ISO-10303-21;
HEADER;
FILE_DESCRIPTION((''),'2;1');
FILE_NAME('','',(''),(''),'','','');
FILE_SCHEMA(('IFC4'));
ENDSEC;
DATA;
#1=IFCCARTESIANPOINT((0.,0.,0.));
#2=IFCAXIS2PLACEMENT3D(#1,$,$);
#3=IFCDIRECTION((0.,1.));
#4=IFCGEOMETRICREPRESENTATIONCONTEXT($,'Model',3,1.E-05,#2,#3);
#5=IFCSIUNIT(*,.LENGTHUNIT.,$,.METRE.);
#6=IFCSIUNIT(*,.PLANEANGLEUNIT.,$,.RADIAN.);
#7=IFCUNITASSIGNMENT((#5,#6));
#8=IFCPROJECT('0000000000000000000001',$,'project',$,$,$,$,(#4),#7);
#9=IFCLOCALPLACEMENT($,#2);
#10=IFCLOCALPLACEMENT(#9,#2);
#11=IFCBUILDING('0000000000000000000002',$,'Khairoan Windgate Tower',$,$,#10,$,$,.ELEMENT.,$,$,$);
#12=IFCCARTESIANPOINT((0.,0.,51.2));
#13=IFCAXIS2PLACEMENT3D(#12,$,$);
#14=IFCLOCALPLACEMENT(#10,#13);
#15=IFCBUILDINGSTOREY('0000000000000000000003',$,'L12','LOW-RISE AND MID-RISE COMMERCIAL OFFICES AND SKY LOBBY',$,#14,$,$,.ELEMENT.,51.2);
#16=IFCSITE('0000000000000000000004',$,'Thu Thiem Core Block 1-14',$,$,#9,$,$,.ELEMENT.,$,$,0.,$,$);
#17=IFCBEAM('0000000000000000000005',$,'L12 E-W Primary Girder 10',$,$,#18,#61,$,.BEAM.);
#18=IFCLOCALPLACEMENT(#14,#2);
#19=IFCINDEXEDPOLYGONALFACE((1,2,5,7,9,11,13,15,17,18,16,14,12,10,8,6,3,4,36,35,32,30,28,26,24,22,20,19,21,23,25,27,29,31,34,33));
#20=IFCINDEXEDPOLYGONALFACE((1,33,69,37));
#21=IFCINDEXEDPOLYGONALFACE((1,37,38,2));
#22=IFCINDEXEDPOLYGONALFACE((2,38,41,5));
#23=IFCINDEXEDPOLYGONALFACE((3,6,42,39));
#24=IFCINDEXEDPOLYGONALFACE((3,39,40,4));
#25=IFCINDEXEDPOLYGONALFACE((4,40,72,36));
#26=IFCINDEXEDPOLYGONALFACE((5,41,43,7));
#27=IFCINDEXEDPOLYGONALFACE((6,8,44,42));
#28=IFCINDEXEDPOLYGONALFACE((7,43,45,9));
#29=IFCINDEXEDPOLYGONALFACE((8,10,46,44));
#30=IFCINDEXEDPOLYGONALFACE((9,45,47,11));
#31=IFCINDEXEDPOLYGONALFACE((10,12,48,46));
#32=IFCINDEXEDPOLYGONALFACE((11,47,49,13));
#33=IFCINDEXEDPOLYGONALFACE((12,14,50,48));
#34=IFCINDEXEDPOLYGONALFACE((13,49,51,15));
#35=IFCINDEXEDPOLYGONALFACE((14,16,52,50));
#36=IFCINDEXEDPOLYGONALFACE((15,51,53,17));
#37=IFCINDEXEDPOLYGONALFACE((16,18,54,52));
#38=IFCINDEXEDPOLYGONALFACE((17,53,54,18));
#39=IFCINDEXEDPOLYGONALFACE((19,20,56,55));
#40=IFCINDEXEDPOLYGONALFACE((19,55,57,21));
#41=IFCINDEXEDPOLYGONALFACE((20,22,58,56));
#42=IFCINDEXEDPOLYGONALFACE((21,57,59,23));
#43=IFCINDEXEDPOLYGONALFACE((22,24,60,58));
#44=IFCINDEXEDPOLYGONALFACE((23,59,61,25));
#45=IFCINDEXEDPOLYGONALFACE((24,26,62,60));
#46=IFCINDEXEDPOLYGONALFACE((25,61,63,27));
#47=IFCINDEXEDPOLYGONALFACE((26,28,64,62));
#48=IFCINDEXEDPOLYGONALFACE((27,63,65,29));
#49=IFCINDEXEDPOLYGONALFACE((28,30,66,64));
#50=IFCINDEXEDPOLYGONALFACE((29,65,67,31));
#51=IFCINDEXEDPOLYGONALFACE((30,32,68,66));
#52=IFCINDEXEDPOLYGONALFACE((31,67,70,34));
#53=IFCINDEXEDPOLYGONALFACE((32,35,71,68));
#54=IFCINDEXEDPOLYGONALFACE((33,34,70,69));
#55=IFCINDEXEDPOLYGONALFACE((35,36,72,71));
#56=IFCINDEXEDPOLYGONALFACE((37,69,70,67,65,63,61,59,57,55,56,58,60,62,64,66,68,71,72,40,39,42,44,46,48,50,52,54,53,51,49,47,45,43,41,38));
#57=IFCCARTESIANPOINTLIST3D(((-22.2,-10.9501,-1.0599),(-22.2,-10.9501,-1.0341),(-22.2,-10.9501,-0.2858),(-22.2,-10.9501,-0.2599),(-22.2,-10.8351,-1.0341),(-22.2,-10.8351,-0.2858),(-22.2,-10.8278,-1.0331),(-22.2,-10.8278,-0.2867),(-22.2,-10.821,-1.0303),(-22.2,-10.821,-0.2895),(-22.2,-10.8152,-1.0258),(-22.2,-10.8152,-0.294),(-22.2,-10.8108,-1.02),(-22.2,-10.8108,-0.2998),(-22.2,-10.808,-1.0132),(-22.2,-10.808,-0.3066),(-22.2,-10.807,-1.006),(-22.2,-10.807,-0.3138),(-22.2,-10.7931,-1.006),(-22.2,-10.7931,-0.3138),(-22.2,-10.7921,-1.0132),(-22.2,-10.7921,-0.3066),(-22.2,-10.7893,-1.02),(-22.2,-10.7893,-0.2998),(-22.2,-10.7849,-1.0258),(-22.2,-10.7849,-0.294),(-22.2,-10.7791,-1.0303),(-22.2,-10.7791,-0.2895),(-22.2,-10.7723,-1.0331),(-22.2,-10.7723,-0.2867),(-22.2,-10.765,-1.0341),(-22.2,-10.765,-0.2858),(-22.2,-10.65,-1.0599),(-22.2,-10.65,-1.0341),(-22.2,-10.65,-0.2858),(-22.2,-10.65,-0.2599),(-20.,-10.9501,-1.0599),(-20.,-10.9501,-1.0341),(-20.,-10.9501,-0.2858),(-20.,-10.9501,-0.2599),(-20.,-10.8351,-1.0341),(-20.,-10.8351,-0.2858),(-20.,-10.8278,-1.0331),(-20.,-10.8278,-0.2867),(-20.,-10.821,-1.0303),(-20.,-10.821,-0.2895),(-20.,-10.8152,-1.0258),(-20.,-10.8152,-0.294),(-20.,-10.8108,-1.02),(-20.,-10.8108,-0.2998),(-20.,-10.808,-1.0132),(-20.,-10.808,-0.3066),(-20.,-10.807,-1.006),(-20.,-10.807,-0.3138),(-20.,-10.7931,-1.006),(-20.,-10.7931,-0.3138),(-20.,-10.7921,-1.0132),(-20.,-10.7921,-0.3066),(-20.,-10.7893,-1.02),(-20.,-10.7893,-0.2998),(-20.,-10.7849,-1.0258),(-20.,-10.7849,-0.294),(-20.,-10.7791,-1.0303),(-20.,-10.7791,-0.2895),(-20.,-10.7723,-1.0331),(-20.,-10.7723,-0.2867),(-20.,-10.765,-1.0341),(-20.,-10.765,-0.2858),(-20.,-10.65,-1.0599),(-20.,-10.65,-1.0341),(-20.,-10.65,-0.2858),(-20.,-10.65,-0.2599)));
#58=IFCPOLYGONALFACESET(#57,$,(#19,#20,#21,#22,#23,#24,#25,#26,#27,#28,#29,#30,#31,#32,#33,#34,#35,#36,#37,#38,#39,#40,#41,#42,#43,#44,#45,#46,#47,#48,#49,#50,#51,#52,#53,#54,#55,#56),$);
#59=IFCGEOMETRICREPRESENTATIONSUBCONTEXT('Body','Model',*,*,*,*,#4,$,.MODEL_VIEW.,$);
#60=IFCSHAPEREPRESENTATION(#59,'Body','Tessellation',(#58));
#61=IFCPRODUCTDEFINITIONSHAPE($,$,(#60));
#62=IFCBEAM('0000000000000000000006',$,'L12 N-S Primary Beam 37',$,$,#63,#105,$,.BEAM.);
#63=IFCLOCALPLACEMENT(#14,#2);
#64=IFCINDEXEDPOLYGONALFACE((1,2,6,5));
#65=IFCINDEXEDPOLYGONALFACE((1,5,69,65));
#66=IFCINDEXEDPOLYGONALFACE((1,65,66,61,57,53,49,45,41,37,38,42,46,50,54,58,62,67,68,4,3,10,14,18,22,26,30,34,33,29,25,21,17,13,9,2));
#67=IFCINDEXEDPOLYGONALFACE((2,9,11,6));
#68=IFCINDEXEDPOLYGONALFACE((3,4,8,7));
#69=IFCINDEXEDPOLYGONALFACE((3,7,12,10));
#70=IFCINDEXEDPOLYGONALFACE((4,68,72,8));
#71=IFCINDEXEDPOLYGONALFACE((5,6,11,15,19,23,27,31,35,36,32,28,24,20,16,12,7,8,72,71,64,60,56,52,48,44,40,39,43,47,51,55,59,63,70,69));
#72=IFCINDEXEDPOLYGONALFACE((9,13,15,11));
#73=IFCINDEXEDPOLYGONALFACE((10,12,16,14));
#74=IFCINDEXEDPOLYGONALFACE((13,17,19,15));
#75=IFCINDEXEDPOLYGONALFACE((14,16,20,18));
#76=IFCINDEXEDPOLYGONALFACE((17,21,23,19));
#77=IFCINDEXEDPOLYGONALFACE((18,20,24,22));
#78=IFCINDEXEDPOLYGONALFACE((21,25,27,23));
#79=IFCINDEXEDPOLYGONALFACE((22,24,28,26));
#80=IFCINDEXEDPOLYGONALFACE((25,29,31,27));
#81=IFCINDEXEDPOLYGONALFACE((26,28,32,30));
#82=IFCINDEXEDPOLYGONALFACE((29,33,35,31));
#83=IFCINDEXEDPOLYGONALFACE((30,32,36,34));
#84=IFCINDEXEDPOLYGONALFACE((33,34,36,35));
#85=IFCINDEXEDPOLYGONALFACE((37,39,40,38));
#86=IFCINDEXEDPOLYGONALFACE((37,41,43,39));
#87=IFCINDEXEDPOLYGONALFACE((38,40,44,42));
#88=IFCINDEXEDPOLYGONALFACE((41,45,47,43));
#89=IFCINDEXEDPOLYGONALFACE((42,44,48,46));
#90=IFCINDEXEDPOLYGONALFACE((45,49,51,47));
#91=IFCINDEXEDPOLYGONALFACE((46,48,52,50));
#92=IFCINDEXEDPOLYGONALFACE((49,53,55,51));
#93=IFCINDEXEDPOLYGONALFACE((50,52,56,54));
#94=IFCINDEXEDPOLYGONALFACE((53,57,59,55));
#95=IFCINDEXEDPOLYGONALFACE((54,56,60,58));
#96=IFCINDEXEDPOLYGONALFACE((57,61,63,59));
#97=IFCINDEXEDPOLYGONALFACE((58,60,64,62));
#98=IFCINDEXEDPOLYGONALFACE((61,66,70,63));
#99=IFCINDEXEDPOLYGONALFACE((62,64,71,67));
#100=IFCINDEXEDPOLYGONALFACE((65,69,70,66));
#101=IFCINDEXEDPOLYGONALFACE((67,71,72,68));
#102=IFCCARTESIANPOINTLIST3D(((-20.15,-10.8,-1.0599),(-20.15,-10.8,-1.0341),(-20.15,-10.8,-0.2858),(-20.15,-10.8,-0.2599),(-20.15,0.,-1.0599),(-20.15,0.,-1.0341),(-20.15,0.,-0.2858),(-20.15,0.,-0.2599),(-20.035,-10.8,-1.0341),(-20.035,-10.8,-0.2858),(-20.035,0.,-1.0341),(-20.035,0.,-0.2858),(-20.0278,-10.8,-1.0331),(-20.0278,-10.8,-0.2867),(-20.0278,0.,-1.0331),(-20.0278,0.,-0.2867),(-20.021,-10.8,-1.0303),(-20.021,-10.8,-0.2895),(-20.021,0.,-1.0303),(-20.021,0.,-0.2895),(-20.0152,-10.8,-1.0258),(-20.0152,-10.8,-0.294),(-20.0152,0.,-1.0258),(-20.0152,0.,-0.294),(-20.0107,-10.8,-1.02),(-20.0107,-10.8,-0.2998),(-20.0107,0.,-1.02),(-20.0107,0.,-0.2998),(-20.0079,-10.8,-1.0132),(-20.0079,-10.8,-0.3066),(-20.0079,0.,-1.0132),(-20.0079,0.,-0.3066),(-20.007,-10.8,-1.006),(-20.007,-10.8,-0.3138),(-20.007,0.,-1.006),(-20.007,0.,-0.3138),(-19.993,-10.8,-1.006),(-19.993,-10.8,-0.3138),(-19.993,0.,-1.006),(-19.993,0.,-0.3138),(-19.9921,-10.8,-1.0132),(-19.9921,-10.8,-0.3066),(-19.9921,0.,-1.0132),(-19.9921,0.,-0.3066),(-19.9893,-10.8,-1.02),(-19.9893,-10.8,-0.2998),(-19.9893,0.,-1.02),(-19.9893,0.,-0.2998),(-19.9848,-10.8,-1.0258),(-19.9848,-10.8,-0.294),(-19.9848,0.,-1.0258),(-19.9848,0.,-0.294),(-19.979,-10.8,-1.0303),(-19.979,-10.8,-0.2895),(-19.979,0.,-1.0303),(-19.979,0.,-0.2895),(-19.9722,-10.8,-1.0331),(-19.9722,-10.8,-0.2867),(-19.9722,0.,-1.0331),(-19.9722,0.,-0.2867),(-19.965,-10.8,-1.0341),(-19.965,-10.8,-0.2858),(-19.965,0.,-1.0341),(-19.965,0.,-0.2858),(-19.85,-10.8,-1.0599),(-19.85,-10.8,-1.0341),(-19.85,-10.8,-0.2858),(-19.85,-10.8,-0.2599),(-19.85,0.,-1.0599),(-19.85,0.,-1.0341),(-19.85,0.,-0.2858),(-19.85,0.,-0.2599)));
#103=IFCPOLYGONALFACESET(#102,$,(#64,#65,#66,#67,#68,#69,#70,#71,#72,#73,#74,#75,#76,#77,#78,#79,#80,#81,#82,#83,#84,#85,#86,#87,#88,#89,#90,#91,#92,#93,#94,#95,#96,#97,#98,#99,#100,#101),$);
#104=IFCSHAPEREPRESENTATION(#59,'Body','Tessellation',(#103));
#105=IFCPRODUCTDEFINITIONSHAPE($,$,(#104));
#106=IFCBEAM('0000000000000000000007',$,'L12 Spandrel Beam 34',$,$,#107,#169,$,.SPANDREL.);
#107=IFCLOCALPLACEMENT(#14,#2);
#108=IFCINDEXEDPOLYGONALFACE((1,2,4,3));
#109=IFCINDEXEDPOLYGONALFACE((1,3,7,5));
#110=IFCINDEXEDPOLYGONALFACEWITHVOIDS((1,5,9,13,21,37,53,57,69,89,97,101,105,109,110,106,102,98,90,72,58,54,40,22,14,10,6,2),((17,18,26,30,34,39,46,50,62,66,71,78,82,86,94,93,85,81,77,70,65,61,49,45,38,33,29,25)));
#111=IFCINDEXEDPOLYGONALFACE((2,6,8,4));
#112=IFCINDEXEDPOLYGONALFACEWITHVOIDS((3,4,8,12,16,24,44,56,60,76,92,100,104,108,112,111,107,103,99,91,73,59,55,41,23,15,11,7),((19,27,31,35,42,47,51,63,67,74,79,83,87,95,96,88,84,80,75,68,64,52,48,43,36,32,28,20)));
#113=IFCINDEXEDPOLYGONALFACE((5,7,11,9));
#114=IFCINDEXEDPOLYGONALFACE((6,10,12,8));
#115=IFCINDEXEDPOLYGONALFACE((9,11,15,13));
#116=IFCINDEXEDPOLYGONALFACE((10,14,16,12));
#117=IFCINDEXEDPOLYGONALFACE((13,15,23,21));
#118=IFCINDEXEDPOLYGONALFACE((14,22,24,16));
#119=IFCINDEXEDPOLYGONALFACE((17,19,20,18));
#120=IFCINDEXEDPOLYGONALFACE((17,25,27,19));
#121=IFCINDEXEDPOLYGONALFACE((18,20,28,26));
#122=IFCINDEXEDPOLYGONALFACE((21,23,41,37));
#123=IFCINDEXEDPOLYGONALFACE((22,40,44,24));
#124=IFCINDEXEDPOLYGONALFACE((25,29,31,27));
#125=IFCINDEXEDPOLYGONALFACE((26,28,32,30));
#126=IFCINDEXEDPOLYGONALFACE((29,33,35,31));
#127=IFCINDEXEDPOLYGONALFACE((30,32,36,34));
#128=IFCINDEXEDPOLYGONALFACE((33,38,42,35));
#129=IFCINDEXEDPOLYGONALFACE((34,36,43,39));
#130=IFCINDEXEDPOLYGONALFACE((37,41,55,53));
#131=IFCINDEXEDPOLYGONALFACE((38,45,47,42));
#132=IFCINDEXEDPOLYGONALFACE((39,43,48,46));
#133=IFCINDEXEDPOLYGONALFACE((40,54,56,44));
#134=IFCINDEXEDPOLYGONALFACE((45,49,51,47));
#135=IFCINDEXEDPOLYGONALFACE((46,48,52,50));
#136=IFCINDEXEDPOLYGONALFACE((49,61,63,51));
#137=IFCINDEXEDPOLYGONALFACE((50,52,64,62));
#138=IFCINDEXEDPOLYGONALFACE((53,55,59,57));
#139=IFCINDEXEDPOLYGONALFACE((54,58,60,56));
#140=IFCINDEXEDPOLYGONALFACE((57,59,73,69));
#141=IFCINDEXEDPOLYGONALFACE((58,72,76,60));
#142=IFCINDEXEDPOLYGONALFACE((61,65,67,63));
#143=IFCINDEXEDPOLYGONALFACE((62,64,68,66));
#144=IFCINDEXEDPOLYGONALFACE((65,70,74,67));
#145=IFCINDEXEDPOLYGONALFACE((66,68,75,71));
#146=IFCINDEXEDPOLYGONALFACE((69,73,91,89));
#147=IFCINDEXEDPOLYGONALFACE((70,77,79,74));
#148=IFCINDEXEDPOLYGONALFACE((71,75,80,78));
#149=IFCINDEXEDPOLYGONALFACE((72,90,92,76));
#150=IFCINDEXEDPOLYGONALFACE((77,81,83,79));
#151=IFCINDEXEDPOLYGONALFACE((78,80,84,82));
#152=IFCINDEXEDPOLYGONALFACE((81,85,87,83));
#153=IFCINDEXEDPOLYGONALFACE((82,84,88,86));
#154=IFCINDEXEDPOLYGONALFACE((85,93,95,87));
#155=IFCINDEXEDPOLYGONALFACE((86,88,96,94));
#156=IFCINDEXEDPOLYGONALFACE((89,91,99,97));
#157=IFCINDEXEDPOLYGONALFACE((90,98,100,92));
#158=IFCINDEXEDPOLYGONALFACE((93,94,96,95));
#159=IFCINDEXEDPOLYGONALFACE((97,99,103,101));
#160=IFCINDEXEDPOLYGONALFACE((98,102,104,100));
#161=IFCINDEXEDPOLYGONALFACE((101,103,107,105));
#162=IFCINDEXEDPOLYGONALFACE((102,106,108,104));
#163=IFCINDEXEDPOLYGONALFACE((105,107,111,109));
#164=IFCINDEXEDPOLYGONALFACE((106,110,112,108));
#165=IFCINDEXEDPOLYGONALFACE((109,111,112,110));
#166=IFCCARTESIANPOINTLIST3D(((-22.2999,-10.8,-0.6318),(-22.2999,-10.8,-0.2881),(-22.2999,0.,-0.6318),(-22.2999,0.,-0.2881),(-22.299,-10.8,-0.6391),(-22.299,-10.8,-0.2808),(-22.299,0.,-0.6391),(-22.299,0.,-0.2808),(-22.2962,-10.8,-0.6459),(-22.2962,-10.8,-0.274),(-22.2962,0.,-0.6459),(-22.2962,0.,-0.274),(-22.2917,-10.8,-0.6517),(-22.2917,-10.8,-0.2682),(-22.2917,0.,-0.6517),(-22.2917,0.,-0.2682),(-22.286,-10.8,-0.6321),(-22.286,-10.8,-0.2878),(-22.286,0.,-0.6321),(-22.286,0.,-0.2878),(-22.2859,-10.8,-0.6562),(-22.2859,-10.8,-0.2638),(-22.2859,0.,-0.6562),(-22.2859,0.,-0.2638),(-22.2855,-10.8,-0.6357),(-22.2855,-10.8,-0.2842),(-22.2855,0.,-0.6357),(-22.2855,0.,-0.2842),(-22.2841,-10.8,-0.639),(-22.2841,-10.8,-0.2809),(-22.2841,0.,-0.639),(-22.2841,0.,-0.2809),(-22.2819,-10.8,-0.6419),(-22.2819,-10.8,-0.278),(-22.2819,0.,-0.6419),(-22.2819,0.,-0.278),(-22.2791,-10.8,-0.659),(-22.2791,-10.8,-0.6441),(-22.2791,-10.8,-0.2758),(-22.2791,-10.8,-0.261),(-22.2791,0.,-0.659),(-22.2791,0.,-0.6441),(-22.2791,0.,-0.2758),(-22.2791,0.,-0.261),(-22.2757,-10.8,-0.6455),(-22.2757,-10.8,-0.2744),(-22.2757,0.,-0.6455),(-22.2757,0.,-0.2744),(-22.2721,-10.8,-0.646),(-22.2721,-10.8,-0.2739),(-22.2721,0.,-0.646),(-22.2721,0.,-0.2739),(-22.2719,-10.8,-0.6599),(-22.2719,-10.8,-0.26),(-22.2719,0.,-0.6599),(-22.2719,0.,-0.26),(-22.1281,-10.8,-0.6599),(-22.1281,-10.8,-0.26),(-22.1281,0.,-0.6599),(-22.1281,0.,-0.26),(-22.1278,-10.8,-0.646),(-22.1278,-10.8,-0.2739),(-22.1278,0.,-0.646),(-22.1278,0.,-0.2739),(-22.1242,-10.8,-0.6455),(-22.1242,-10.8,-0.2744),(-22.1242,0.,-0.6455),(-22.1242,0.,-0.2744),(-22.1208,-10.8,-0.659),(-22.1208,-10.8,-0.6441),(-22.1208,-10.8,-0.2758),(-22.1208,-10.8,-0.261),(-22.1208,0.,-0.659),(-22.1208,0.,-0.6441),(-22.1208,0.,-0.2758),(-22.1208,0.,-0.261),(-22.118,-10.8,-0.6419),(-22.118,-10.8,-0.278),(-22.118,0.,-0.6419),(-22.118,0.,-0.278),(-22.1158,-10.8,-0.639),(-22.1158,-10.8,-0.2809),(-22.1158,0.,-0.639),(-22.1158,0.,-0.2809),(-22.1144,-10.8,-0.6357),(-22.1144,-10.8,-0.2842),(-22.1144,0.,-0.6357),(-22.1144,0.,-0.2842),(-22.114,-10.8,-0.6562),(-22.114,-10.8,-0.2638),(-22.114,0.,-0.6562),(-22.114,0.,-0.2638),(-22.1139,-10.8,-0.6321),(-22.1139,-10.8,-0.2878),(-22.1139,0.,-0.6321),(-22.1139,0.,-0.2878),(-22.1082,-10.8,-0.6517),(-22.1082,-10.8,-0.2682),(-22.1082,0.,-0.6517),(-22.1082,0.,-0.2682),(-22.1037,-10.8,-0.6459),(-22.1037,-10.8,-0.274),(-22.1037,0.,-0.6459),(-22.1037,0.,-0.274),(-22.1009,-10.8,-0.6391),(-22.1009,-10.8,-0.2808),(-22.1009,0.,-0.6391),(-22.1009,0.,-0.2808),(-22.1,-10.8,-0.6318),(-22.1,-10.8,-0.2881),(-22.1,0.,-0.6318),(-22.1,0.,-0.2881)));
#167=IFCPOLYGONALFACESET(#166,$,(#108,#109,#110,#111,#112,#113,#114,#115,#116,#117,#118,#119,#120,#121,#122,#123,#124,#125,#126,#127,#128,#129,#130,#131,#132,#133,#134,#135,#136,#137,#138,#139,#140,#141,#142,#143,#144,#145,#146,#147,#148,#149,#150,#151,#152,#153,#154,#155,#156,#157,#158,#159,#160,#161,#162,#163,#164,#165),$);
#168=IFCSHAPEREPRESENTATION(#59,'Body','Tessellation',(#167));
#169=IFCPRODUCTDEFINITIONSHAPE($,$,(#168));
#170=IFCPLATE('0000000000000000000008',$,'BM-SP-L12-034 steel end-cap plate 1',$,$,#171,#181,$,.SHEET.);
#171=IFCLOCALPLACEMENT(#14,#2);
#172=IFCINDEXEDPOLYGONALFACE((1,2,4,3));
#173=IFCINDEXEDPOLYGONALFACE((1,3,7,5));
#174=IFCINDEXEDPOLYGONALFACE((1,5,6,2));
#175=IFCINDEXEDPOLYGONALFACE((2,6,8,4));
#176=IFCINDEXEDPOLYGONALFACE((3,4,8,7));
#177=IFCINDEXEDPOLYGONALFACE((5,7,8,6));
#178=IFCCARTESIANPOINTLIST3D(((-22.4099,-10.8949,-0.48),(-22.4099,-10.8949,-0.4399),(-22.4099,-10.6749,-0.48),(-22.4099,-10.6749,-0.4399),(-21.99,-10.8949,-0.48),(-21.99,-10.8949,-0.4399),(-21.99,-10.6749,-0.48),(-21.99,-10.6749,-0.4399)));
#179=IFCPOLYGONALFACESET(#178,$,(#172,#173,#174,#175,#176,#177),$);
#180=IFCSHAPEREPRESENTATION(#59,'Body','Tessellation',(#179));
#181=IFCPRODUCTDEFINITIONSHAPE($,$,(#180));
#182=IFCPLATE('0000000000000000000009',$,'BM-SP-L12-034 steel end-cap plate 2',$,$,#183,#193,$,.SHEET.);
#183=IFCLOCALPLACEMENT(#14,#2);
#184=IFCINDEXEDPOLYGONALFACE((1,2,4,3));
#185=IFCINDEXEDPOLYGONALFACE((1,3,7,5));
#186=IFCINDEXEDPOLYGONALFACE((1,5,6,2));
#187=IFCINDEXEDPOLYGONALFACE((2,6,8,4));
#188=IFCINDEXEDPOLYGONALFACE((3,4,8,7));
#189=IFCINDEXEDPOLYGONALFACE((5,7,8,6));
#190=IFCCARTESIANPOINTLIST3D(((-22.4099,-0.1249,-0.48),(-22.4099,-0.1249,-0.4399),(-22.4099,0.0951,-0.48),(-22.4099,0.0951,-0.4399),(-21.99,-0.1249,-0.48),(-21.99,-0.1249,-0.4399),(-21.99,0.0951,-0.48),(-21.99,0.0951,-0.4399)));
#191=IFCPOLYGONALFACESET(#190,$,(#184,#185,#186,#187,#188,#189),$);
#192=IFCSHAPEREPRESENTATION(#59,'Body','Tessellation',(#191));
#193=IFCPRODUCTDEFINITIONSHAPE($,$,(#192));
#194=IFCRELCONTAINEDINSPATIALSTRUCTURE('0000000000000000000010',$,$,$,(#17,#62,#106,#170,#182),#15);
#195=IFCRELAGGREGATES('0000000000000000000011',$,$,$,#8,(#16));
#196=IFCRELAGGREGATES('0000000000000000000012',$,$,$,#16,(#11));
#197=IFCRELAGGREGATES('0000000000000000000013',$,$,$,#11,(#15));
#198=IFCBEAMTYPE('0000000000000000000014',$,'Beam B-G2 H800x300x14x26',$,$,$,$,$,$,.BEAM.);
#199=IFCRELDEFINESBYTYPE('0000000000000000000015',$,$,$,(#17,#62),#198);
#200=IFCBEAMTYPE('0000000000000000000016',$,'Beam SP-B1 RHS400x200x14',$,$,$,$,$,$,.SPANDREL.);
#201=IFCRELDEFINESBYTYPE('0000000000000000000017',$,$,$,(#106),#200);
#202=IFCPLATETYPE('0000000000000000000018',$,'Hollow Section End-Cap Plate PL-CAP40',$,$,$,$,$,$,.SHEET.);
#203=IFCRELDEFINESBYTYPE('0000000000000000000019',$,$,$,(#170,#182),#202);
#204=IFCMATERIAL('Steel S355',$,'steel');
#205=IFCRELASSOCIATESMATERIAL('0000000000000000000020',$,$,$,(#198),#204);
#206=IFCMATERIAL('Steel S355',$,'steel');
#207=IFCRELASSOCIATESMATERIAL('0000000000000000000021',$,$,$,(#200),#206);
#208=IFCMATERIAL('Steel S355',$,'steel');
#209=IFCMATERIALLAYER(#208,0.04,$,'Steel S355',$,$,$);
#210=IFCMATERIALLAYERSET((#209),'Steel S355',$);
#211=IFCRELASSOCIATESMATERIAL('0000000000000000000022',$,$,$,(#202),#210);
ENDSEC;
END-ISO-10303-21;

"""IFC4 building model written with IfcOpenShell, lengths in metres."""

from ifc_helpers import new_model, si_unit, direction, frame, origin, origin_2d, place, context, subcontext, project, spatial, rectangle, hollow_rectangle, i_section, extrude, material, layer, layer_set, material_profile, profile_set, type_object, element, save


model = new_model("IFC4")

# Units and contexts
model_context = context("Model", 3, precision=1e-05, world=origin(), true_north=direction((0.0, 1.0)))
body_context = subcontext(model_context, "Body", "Model", "MODEL_VIEW")
ifc_project = project(units=[si_unit("LENGTHUNIT", "METRE"), si_unit("PLANEANGLEUNIT", "RADIAN")], contexts=[model_context])

# Site, building, storey
site_placement = place(None, origin())
site = spatial("IfcSite", under=ifc_project, at=site_placement, Name="Thu Thiem Core Block 1-14", CompositionType="ELEMENT", RefElevation=0.0)
building_placement = place(site_placement, origin())
building = spatial("IfcBuilding", under=site, at=building_placement, Name="Khairoan Windgate Tower", CompositionType="ELEMENT")
storey_placement = place(building_placement, frame((0.0, 0.0, 51.2)))
storey = spatial("IfcBuildingStorey", under=building, at=storey_placement, Name="L12", Description="LOW-RISE AND MID-RISE COMMERCIAL OFFICES AND SKY LOBBY", CompositionType="ELEMENT", Elevation=51.2)

# Beams
ifc_material_1 = material(Name="Steel S355", Category="steel")
ifc_material_profile_1 = material_profile(ifc_material_1, i_section(OverallWidth=0.3, OverallDepth=0.8, WebThickness=0.0139, FlangeThickness=0.0259, FilletRadius=0.0281, at=origin_2d()))
ifc_profile_set_1 = profile_set([ifc_material_profile_1], Name="Steel S355")
beam_type_1 = type_object("IfcBeamType", Name="Beam B-G2 H800x300x14x26", PredefinedType="BEAM", material=ifc_profile_set_1)
beam_1_placement = place(storey_placement, frame((-22.2, -10.8, -0.6599), z_axis=(1.0, 0.0, 0.0), x_axis=(0.0, 1.0, 0.0)))
element("IfcBeam", 1, at=beam_1_placement, inside=storey, type_object=beam_type_1, Name="L12 E-W Primary Girder 10", PredefinedType="BEAM", context=body_context, shape_type="SweptSolid", body=[
    extrude(i_section(OverallWidth=0.3, OverallDepth=0.8, WebThickness=0.0139, FlangeThickness=0.0259, FilletRadius=0.0281, at=origin_2d()), origin(), (0.0, 0.0, 1.0), 2.2),
])
beam_2_placement = place(storey_placement, frame((-20.0, -10.8, -0.6599), z_axis=(0.0, 1.0, 0.0), x_axis=(-1.0, 0.0, 0.0)))
element("IfcBeam", 2, at=beam_2_placement, inside=storey, type_object=beam_type_1, Name="L12 N-S Primary Beam 37", PredefinedType="BEAM", context=body_context, shape_type="SweptSolid", body=[
    extrude(i_section(OverallWidth=0.3, OverallDepth=0.8, WebThickness=0.0139, FlangeThickness=0.0259, FilletRadius=0.0281, at=origin_2d()), origin(), (0.0, 0.0, 1.0), 10.8),
])
ifc_material_2 = material(Name="Steel S355", Category="steel")
ifc_material_profile_2 = material_profile(ifc_material_2, hollow_rectangle(XDim=0.2, YDim=0.3999, WallThickness=0.0139, InnerFilletRadius=0.0139, OuterFilletRadius=0.0281, at=origin_2d()))
ifc_profile_set_2 = profile_set([ifc_material_profile_2], Name="Steel S355")
beam_type_2 = type_object("IfcBeamType", Name="Beam SP-B1 RHS400x200x14", PredefinedType="SPANDREL", material=ifc_profile_set_2)
beam_3_placement = place(storey_placement, frame((-22.2, -10.8, -0.46), z_axis=(0.0, 1.0, 0.0), x_axis=(-1.0, 0.0, 0.0)))
element("IfcBeam", 3, at=beam_3_placement, inside=storey, type_object=beam_type_2, Name="L12 Spandrel Beam 34", PredefinedType="SPANDREL", context=body_context, shape_type="SweptSolid", body=[
    extrude(hollow_rectangle(XDim=0.2, YDim=0.3999, WallThickness=0.0139, InnerFilletRadius=0.0139, OuterFilletRadius=0.0281, at=origin_2d()), origin(), (0.0, 0.0, 1.0), 10.8),
])

# Plates
ifc_material_3 = material(Name="Steel S355", Category="steel")
ifc_layer_1 = layer(ifc_material_3, 0.04, Name="Steel S355")
ifc_layer_set_1 = layer_set([ifc_layer_1], Name="Steel S355")
plate_type_1 = type_object("IfcPlateType", Name="Hollow Section End-Cap Plate PL-CAP40", PredefinedType="SHEET", material=ifc_layer_set_1)
for number, where, z_axis, x_axis, name in (
    (4, (-22.2, -10.7849, -0.48), (0.0, 0.0, 1.0), (0.0, 1.0, 0.0), "BM-SP-L12-034 steel end-cap plate 1"),
    (5, (-22.2, -0.0149, -0.48), (0.0, 0.0, 1.0), (0.0, 1.0, 0.0), "BM-SP-L12-034 steel end-cap plate 2"),
):
    element("IfcPlate", number, at=place(storey_placement, frame(where, z_axis=z_axis, x_axis=x_axis)), inside=storey, type_object=plate_type_1, Name=name, PredefinedType="SHEET", context=body_context, shape_type="SweptSolid", body=[
        extrude(rectangle(XDim=0.22, YDim=0.4199, at=origin_2d()), origin(), (0.0, 0.0, 1.0), 0.04),
    ])

save(model, "model.ifc")
